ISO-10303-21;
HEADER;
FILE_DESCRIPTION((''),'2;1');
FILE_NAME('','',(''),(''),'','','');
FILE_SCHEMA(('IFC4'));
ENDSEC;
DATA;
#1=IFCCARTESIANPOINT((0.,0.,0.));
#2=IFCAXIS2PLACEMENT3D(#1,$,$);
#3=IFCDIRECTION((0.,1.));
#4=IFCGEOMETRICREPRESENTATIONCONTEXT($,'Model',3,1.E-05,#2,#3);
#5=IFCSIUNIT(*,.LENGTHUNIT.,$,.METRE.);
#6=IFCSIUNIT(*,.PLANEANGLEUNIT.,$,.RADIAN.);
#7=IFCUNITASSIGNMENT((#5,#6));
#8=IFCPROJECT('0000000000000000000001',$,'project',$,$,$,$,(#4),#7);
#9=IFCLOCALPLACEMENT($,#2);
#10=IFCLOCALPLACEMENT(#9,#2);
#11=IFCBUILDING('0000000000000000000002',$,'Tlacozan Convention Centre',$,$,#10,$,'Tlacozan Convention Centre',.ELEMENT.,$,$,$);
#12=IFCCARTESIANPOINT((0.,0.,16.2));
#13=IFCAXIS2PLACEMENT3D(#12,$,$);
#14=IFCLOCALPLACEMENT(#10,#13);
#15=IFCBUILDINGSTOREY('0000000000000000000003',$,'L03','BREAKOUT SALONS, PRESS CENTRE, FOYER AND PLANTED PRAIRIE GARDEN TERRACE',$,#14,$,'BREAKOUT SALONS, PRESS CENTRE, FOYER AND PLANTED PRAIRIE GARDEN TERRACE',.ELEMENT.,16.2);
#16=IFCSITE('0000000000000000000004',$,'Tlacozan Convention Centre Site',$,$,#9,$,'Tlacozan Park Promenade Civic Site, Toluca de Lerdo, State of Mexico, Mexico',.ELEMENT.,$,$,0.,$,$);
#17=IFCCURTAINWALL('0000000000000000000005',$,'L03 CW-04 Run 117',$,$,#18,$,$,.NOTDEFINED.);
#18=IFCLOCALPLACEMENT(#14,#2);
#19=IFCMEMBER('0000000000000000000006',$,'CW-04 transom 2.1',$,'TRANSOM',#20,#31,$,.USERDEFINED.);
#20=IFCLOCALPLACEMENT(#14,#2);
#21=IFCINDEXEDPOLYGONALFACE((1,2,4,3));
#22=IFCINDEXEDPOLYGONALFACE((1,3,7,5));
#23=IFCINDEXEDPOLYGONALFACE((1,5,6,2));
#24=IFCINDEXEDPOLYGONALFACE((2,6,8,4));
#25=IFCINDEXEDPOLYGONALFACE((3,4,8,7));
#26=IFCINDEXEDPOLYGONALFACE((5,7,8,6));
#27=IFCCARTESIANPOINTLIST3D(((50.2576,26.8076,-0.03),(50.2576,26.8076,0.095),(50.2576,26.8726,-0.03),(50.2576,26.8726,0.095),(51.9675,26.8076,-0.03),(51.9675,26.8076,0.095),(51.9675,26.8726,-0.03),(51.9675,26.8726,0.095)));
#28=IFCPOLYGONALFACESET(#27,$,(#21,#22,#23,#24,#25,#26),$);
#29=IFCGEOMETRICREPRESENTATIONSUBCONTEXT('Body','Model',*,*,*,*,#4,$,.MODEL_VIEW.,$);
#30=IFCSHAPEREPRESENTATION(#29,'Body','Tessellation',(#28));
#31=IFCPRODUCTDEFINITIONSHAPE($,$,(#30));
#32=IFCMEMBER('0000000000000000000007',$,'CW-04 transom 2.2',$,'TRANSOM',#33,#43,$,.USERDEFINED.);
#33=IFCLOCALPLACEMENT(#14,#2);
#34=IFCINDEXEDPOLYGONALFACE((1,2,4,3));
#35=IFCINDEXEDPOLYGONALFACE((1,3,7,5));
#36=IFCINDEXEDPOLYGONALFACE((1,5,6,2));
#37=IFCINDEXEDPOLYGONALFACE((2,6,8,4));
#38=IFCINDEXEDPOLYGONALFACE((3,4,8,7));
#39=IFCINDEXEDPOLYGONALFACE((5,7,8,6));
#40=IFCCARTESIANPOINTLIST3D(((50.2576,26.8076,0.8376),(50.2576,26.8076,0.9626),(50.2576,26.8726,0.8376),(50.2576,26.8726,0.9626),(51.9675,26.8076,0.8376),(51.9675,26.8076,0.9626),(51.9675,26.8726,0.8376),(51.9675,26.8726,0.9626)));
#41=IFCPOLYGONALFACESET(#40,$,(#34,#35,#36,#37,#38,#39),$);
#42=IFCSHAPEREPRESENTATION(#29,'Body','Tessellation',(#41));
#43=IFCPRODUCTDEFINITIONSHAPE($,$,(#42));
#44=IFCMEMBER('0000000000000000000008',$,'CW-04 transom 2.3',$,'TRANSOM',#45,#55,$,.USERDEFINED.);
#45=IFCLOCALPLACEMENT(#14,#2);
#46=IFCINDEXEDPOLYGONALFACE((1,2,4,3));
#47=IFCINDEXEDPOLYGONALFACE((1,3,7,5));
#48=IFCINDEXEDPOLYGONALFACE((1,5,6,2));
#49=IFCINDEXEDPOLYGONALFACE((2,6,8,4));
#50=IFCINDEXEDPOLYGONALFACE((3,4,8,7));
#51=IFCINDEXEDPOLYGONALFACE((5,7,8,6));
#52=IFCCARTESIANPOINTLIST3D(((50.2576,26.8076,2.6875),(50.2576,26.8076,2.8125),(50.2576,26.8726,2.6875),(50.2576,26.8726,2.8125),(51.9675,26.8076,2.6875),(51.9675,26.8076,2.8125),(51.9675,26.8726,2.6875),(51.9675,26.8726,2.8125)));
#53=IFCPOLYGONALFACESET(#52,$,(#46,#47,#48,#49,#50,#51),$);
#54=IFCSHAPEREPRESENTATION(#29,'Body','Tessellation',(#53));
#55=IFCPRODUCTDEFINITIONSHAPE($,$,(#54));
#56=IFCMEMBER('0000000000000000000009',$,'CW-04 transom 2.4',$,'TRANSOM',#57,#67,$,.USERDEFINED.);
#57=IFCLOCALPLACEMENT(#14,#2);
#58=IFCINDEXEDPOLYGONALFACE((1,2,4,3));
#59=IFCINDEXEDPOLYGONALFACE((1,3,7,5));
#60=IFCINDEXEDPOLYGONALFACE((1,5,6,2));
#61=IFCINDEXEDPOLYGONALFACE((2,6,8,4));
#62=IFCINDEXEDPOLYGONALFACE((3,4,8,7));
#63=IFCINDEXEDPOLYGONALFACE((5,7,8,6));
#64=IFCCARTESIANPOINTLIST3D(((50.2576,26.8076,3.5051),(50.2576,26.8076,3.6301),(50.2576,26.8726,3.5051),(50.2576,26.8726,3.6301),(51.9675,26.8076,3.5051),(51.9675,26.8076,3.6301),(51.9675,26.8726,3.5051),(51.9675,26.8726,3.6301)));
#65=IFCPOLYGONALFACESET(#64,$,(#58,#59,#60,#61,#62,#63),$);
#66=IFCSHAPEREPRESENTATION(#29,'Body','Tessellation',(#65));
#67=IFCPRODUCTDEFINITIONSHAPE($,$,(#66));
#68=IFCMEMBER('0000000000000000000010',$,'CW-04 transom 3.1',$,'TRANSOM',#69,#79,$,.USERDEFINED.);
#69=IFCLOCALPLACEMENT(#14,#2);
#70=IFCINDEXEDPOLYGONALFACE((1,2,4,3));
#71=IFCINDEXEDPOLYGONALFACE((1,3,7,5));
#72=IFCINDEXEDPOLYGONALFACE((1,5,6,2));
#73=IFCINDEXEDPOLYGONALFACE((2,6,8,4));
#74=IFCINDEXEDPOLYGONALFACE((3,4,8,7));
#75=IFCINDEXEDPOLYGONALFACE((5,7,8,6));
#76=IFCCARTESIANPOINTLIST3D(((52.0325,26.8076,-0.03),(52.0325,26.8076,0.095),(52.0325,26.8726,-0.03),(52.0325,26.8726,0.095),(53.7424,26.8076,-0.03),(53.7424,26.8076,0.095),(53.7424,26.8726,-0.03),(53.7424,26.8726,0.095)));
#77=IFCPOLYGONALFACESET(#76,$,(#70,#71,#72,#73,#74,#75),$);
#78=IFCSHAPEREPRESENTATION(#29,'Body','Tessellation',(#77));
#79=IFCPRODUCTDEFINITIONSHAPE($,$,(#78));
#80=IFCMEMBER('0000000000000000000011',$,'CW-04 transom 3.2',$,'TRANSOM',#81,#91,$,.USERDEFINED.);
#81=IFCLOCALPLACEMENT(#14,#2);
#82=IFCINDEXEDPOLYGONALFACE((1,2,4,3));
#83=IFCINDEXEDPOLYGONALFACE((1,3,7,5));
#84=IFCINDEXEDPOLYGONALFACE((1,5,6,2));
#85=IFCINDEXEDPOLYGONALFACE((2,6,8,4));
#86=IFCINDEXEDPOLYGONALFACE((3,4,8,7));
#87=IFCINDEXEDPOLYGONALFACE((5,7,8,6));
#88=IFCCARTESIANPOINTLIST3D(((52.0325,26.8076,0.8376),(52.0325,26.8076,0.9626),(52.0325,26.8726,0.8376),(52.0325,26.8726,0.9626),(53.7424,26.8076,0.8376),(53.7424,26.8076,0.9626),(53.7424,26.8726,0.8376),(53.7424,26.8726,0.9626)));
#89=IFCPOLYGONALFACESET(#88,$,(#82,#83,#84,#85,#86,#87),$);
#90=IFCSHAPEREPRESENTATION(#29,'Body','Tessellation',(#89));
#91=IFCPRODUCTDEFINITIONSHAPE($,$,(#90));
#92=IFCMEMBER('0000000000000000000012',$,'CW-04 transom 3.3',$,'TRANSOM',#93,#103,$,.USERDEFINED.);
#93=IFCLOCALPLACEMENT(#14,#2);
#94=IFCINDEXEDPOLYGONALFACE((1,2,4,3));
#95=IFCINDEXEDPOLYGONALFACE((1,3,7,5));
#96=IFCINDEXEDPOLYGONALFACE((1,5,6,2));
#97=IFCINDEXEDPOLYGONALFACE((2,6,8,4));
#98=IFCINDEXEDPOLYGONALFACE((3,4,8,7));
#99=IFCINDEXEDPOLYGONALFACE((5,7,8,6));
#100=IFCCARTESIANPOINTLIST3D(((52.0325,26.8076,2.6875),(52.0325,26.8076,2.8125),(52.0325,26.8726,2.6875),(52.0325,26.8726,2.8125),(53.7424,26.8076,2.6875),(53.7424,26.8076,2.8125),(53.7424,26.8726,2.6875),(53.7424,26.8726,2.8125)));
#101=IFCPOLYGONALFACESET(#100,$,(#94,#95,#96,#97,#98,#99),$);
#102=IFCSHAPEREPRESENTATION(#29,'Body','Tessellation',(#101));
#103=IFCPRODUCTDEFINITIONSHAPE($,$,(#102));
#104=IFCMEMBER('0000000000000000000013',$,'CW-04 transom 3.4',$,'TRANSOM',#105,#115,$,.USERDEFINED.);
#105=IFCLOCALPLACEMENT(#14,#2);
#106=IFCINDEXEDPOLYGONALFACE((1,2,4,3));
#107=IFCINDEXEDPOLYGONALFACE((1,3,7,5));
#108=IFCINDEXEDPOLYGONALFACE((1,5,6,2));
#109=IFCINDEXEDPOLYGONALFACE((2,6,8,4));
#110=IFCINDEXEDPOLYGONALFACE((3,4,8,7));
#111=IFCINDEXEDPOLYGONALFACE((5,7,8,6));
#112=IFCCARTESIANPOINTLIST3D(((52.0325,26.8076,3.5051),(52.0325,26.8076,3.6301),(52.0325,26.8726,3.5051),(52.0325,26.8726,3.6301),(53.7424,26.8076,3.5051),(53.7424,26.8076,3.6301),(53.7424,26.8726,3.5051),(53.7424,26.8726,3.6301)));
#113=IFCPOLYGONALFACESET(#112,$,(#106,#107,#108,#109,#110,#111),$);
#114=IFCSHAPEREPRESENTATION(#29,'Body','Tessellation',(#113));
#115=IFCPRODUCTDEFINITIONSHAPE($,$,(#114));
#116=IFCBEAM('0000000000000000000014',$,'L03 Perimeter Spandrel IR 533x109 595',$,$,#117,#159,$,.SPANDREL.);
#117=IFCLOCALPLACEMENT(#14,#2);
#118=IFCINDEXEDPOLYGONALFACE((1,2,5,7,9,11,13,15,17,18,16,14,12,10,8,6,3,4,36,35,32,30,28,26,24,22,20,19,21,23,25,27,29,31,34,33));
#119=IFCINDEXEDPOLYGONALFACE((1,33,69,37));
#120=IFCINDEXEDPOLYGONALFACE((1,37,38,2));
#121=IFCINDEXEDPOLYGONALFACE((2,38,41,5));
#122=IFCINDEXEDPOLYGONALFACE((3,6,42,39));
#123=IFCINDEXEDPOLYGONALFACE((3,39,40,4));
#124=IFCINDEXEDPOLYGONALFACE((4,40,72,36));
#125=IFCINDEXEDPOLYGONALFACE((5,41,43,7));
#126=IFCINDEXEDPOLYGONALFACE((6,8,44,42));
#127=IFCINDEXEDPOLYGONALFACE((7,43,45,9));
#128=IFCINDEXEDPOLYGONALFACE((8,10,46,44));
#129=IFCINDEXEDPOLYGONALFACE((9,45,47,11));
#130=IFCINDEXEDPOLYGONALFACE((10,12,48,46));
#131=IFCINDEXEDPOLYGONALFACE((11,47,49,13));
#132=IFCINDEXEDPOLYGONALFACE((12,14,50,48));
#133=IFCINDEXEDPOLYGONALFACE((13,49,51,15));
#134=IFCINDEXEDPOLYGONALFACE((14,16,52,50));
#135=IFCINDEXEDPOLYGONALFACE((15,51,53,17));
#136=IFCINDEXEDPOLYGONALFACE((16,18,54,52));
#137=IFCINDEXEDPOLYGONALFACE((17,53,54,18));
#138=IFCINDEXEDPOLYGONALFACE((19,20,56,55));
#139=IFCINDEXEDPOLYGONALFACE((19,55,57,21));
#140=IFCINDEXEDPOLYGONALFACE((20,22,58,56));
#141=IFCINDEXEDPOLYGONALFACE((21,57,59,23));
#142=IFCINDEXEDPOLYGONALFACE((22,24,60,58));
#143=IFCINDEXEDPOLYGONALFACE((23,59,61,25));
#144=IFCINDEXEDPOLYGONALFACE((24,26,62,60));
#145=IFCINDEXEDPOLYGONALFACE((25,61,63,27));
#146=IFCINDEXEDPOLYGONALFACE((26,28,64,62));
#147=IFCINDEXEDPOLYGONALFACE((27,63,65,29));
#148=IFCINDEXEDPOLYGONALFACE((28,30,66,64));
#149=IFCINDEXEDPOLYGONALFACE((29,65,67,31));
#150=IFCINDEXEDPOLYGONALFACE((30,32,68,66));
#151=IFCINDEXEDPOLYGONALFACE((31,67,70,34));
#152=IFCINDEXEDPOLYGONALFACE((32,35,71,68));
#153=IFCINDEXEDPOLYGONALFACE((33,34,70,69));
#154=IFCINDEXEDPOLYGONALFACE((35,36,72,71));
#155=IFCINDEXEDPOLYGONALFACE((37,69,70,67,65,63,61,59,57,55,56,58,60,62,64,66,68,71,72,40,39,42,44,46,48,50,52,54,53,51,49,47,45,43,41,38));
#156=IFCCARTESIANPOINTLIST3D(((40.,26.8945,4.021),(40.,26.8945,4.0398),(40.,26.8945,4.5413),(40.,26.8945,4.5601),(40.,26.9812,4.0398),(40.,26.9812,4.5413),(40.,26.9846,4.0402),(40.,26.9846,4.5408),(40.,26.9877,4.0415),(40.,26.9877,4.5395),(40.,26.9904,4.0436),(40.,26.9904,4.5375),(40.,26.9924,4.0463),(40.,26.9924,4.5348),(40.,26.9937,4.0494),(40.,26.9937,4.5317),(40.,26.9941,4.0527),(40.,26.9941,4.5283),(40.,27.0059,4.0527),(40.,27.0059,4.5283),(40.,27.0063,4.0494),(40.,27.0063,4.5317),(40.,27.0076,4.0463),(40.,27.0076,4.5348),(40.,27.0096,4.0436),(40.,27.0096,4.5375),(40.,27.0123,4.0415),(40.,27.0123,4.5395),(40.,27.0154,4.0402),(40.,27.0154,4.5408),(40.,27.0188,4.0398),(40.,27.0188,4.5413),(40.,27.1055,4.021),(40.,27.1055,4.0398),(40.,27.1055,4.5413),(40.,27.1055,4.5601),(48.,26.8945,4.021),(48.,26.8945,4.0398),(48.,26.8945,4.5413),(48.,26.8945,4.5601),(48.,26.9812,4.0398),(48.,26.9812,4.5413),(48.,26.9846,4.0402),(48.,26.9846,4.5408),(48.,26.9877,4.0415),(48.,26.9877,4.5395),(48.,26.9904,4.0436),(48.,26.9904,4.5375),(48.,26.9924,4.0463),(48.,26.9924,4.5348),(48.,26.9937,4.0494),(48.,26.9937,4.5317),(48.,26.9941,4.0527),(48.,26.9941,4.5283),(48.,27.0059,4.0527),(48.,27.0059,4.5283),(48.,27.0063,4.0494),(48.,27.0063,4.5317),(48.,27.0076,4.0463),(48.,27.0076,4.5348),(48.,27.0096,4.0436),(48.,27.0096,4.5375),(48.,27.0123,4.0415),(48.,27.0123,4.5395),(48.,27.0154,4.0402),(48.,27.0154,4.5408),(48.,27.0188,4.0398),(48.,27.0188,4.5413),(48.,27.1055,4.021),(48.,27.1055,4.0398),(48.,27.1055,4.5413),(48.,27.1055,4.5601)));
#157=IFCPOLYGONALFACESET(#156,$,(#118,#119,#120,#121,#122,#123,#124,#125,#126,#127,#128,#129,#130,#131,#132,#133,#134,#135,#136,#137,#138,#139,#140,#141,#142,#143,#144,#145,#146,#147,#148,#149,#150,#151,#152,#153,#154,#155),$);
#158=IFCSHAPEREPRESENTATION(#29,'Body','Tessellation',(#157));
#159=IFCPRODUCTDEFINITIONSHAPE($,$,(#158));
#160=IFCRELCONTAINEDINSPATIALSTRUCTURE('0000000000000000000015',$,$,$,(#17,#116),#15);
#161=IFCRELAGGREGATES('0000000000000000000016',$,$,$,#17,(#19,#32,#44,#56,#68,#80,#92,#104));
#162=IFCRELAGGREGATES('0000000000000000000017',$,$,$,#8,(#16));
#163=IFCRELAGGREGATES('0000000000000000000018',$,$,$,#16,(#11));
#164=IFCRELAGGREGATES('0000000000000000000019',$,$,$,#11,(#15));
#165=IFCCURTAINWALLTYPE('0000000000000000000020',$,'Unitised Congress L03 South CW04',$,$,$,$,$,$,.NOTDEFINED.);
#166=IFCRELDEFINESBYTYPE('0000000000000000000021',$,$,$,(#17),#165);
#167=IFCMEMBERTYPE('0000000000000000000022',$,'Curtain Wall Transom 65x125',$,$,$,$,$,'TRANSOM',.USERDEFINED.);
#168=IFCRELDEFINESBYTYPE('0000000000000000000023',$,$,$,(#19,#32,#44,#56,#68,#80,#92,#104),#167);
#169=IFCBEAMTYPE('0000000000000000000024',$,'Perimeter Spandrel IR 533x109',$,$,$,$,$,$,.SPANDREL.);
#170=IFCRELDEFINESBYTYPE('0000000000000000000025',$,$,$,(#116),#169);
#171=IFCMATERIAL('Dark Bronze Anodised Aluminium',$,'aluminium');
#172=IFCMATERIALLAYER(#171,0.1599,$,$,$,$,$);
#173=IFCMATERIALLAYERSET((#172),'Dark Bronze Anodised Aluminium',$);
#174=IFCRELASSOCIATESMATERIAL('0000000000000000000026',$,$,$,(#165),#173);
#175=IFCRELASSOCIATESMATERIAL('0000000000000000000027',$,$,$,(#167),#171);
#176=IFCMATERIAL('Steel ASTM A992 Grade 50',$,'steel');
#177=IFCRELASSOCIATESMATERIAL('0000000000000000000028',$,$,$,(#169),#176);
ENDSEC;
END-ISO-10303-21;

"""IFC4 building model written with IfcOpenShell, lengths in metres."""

from ifc_helpers import new_model, si_unit, direction, frame, origin, origin_2d, place, context, subcontext, project, spatial, rectangle, i_section, extrude, material, layer, layer_set, material_profile, profile_set, type_object, element, aggregate, save


model = new_model("IFC4")

# Units and contexts
model_context = context("Model", 3, precision=1e-05, world=origin(), true_north=direction((0.0, 1.0)))
body_context = subcontext(model_context, "Body", "Model", "MODEL_VIEW")
ifc_project = project(units=[si_unit("LENGTHUNIT", "METRE"), si_unit("PLANEANGLEUNIT", "RADIAN")], contexts=[model_context])

# Site, building, storey
site_placement = place(None, origin())
site = spatial("IfcSite", under=ifc_project, at=site_placement, Name="Tlacozan Convention Centre Site", LongName="Tlacozan Park Promenade Civic Site, Toluca de Lerdo, State of Mexico, Mexico", CompositionType="ELEMENT", RefElevation=0.0)
building_placement = place(site_placement, origin())
building = spatial("IfcBuilding", under=site, at=building_placement, Name="Tlacozan Convention Centre", LongName="Tlacozan Convention Centre", CompositionType="ELEMENT")
storey_placement = place(building_placement, frame((0.0, 0.0, 16.2)))
storey = spatial("IfcBuildingStorey", under=building, at=storey_placement, Name="L03", Description="BREAKOUT SALONS, PRESS CENTRE, FOYER AND PLANTED PRAIRIE GARDEN TERRACE", LongName="BREAKOUT SALONS, PRESS CENTRE, FOYER AND PLANTED PRAIRIE GARDEN TERRACE", CompositionType="ELEMENT", Elevation=16.2)

# Curtain wall, members
ifc_material_1 = material(Name="Dark Bronze Anodised Aluminium", Category="aluminium")
ifc_layer_1 = layer(ifc_material_1, 0.1599)
ifc_layer_set_1 = layer_set([ifc_layer_1], Name="Dark Bronze Anodised Aluminium")
curtain_wall_type = type_object("IfcCurtainWallType", Name="Unitised Congress L03 South CW04", PredefinedType="NOTDEFINED", material=ifc_layer_set_1)
curtain_wall_placement = place(storey_placement, origin())
curtain_wall = element("IfcCurtainWall", 1, at=curtain_wall_placement, inside=storey, type_object=curtain_wall_type, Name="L03 CW-04 Run 117", PredefinedType="NOTDEFINED")
ifc_material_profile_1 = material_profile(ifc_material_1, rectangle(XDim=0.0649, YDim=0.125, at=origin_2d()), Name="ALU 65x125")
ifc_profile_set_1 = profile_set([ifc_material_profile_1], Name="Dark Bronze Anodised Aluminium")
member_type_1 = type_object("IfcMemberType", Name="Curtain Wall Transom 65x125", ElementType="TRANSOM", PredefinedType="USERDEFINED", material=ifc_profile_set_1)
member_1_placement = place(storey_placement, frame((50.2576, 26.8401, 0.0325), z_axis=(1.0, 0.0, 0.0), x_axis=(0.0, 1.0, 0.0)))
member_1 = element("IfcMember", 2, at=member_1_placement, type_object=member_type_1, Name="CW-04 transom 2.1", ObjectType="TRANSOM", PredefinedType="USERDEFINED", context=body_context, shape_type="SweptSolid", body=[
    extrude(rectangle(XDim=0.0649, YDim=0.125, at=origin_2d()), origin(), (0.0, 0.0, 1.0), 1.71),
])
member_2_placement = place(storey_placement, frame((50.2576, 26.8401, 0.9001), z_axis=(1.0, 0.0, 0.0), x_axis=(0.0, 1.0, 0.0)))
member_2 = element("IfcMember", 3, at=member_2_placement, type_object=member_type_1, Name="CW-04 transom 2.2", ObjectType="TRANSOM", PredefinedType="USERDEFINED", context=body_context, shape_type="SweptSolid", body=[
    extrude(rectangle(XDim=0.0649, YDim=0.125, at=origin_2d()), origin(), (0.0, 0.0, 1.0), 1.71),
])
member_3_placement = place(storey_placement, frame((50.2576, 26.8401, 2.75), z_axis=(1.0, 0.0, 0.0), x_axis=(0.0, 1.0, 0.0)))
member_3 = element("IfcMember", 4, at=member_3_placement, type_object=member_type_1, Name="CW-04 transom 2.3", ObjectType="TRANSOM", PredefinedType="USERDEFINED", context=body_context, shape_type="SweptSolid", body=[
    extrude(rectangle(XDim=0.0649, YDim=0.125, at=origin_2d()), origin(), (0.0, 0.0, 1.0), 1.71),
])
member_4_placement = place(storey_placement, frame((50.2576, 26.8401, 3.5676), z_axis=(1.0, 0.0, 0.0), x_axis=(0.0, 1.0, 0.0)))
member_4 = element("IfcMember", 5, at=member_4_placement, type_object=member_type_1, Name="CW-04 transom 2.4", ObjectType="TRANSOM", PredefinedType="USERDEFINED", context=body_context, shape_type="SweptSolid", body=[
    extrude(rectangle(XDim=0.0649, YDim=0.125, at=origin_2d()), origin(), (0.0, 0.0, 1.0), 1.71),
])
member_5_placement = place(storey_placement, frame((52.0325, 26.8401, 0.0325), z_axis=(1.0, 0.0, 0.0), x_axis=(0.0, 1.0, 0.0)))
member_5 = element("IfcMember", 6, at=member_5_placement, type_object=member_type_1, Name="CW-04 transom 3.1", ObjectType="TRANSOM", PredefinedType="USERDEFINED", context=body_context, shape_type="SweptSolid", body=[
    extrude(rectangle(XDim=0.0649, YDim=0.125, at=origin_2d()), origin(), (0.0, 0.0, 1.0), 1.71),
])
member_6_placement = place(storey_placement, frame((52.0325, 26.8401, 0.9001), z_axis=(1.0, 0.0, 0.0), x_axis=(0.0, 1.0, 0.0)))
member_6 = element("IfcMember", 7, at=member_6_placement, type_object=member_type_1, Name="CW-04 transom 3.2", ObjectType="TRANSOM", PredefinedType="USERDEFINED", context=body_context, shape_type="SweptSolid", body=[
    extrude(rectangle(XDim=0.0649, YDim=0.125, at=origin_2d()), origin(), (0.0, 0.0, 1.0), 1.71),
])
member_7_placement = place(storey_placement, frame((52.0325, 26.8401, 2.75), z_axis=(1.0, 0.0, 0.0), x_axis=(0.0, 1.0, 0.0)))
member_7 = element("IfcMember", 8, at=member_7_placement, type_object=member_type_1, Name="CW-04 transom 3.3", ObjectType="TRANSOM", PredefinedType="USERDEFINED", context=body_context, shape_type="SweptSolid", body=[
    extrude(rectangle(XDim=0.0649, YDim=0.125, at=origin_2d()), origin(), (0.0, 0.0, 1.0), 1.71),
])
member_8_placement = place(storey_placement, frame((52.0325, 26.8401, 3.5676), z_axis=(1.0, 0.0, 0.0), x_axis=(0.0, 1.0, 0.0)))
member_8 = element("IfcMember", 9, at=member_8_placement, type_object=member_type_1, Name="CW-04 transom 3.4", ObjectType="TRANSOM", PredefinedType="USERDEFINED", context=body_context, shape_type="SweptSolid", body=[
    extrude(rectangle(XDim=0.0649, YDim=0.125, at=origin_2d()), origin(), (0.0, 0.0, 1.0), 1.71),
])

# Beam
ifc_material_2 = material(Name="Steel ASTM A992 Grade 50", Category="steel")
ifc_material_profile_2 = material_profile(ifc_material_2, i_section(OverallWidth=0.2109, OverallDepth=0.5391, WebThickness=0.0117, FlangeThickness=0.0188, FilletRadius=0.0129, at=origin_2d()), Name="IR 533x109.0")
ifc_profile_set_2 = profile_set([ifc_material_profile_2], Name="Steel ASTM A992 Grade 50")
beam_type = type_object("IfcBeamType", Name="Perimeter Spandrel IR 533x109", PredefinedType="SPANDREL", material=ifc_profile_set_2)
for number, where, z_axis, x_axis, name in (
    (10, (40.0, 27.0, 4.2905), (1.0, 0.0, 0.0), (0.0, 1.0, 0.0), "L03 Perimeter Spandrel IR 533x109 595"),
):
    element("IfcBeam", number, at=place(storey_placement, frame(where, z_axis=z_axis, x_axis=x_axis)), inside=storey, type_object=beam_type, Name=name, PredefinedType="SPANDREL", context=body_context, shape_type="SweptSolid", body=[
        extrude(i_section(OverallWidth=0.2109, OverallDepth=0.5391, WebThickness=0.0117, FlangeThickness=0.0188, FilletRadius=0.0129, at=origin_2d()), origin(), (0.0, 0.0, 1.0), 8.0),
    ])

aggregate(curtain_wall, [member_1, member_2, member_3, member_4, member_5, member_6, member_7, member_8])

save(model, "model.ifc")
